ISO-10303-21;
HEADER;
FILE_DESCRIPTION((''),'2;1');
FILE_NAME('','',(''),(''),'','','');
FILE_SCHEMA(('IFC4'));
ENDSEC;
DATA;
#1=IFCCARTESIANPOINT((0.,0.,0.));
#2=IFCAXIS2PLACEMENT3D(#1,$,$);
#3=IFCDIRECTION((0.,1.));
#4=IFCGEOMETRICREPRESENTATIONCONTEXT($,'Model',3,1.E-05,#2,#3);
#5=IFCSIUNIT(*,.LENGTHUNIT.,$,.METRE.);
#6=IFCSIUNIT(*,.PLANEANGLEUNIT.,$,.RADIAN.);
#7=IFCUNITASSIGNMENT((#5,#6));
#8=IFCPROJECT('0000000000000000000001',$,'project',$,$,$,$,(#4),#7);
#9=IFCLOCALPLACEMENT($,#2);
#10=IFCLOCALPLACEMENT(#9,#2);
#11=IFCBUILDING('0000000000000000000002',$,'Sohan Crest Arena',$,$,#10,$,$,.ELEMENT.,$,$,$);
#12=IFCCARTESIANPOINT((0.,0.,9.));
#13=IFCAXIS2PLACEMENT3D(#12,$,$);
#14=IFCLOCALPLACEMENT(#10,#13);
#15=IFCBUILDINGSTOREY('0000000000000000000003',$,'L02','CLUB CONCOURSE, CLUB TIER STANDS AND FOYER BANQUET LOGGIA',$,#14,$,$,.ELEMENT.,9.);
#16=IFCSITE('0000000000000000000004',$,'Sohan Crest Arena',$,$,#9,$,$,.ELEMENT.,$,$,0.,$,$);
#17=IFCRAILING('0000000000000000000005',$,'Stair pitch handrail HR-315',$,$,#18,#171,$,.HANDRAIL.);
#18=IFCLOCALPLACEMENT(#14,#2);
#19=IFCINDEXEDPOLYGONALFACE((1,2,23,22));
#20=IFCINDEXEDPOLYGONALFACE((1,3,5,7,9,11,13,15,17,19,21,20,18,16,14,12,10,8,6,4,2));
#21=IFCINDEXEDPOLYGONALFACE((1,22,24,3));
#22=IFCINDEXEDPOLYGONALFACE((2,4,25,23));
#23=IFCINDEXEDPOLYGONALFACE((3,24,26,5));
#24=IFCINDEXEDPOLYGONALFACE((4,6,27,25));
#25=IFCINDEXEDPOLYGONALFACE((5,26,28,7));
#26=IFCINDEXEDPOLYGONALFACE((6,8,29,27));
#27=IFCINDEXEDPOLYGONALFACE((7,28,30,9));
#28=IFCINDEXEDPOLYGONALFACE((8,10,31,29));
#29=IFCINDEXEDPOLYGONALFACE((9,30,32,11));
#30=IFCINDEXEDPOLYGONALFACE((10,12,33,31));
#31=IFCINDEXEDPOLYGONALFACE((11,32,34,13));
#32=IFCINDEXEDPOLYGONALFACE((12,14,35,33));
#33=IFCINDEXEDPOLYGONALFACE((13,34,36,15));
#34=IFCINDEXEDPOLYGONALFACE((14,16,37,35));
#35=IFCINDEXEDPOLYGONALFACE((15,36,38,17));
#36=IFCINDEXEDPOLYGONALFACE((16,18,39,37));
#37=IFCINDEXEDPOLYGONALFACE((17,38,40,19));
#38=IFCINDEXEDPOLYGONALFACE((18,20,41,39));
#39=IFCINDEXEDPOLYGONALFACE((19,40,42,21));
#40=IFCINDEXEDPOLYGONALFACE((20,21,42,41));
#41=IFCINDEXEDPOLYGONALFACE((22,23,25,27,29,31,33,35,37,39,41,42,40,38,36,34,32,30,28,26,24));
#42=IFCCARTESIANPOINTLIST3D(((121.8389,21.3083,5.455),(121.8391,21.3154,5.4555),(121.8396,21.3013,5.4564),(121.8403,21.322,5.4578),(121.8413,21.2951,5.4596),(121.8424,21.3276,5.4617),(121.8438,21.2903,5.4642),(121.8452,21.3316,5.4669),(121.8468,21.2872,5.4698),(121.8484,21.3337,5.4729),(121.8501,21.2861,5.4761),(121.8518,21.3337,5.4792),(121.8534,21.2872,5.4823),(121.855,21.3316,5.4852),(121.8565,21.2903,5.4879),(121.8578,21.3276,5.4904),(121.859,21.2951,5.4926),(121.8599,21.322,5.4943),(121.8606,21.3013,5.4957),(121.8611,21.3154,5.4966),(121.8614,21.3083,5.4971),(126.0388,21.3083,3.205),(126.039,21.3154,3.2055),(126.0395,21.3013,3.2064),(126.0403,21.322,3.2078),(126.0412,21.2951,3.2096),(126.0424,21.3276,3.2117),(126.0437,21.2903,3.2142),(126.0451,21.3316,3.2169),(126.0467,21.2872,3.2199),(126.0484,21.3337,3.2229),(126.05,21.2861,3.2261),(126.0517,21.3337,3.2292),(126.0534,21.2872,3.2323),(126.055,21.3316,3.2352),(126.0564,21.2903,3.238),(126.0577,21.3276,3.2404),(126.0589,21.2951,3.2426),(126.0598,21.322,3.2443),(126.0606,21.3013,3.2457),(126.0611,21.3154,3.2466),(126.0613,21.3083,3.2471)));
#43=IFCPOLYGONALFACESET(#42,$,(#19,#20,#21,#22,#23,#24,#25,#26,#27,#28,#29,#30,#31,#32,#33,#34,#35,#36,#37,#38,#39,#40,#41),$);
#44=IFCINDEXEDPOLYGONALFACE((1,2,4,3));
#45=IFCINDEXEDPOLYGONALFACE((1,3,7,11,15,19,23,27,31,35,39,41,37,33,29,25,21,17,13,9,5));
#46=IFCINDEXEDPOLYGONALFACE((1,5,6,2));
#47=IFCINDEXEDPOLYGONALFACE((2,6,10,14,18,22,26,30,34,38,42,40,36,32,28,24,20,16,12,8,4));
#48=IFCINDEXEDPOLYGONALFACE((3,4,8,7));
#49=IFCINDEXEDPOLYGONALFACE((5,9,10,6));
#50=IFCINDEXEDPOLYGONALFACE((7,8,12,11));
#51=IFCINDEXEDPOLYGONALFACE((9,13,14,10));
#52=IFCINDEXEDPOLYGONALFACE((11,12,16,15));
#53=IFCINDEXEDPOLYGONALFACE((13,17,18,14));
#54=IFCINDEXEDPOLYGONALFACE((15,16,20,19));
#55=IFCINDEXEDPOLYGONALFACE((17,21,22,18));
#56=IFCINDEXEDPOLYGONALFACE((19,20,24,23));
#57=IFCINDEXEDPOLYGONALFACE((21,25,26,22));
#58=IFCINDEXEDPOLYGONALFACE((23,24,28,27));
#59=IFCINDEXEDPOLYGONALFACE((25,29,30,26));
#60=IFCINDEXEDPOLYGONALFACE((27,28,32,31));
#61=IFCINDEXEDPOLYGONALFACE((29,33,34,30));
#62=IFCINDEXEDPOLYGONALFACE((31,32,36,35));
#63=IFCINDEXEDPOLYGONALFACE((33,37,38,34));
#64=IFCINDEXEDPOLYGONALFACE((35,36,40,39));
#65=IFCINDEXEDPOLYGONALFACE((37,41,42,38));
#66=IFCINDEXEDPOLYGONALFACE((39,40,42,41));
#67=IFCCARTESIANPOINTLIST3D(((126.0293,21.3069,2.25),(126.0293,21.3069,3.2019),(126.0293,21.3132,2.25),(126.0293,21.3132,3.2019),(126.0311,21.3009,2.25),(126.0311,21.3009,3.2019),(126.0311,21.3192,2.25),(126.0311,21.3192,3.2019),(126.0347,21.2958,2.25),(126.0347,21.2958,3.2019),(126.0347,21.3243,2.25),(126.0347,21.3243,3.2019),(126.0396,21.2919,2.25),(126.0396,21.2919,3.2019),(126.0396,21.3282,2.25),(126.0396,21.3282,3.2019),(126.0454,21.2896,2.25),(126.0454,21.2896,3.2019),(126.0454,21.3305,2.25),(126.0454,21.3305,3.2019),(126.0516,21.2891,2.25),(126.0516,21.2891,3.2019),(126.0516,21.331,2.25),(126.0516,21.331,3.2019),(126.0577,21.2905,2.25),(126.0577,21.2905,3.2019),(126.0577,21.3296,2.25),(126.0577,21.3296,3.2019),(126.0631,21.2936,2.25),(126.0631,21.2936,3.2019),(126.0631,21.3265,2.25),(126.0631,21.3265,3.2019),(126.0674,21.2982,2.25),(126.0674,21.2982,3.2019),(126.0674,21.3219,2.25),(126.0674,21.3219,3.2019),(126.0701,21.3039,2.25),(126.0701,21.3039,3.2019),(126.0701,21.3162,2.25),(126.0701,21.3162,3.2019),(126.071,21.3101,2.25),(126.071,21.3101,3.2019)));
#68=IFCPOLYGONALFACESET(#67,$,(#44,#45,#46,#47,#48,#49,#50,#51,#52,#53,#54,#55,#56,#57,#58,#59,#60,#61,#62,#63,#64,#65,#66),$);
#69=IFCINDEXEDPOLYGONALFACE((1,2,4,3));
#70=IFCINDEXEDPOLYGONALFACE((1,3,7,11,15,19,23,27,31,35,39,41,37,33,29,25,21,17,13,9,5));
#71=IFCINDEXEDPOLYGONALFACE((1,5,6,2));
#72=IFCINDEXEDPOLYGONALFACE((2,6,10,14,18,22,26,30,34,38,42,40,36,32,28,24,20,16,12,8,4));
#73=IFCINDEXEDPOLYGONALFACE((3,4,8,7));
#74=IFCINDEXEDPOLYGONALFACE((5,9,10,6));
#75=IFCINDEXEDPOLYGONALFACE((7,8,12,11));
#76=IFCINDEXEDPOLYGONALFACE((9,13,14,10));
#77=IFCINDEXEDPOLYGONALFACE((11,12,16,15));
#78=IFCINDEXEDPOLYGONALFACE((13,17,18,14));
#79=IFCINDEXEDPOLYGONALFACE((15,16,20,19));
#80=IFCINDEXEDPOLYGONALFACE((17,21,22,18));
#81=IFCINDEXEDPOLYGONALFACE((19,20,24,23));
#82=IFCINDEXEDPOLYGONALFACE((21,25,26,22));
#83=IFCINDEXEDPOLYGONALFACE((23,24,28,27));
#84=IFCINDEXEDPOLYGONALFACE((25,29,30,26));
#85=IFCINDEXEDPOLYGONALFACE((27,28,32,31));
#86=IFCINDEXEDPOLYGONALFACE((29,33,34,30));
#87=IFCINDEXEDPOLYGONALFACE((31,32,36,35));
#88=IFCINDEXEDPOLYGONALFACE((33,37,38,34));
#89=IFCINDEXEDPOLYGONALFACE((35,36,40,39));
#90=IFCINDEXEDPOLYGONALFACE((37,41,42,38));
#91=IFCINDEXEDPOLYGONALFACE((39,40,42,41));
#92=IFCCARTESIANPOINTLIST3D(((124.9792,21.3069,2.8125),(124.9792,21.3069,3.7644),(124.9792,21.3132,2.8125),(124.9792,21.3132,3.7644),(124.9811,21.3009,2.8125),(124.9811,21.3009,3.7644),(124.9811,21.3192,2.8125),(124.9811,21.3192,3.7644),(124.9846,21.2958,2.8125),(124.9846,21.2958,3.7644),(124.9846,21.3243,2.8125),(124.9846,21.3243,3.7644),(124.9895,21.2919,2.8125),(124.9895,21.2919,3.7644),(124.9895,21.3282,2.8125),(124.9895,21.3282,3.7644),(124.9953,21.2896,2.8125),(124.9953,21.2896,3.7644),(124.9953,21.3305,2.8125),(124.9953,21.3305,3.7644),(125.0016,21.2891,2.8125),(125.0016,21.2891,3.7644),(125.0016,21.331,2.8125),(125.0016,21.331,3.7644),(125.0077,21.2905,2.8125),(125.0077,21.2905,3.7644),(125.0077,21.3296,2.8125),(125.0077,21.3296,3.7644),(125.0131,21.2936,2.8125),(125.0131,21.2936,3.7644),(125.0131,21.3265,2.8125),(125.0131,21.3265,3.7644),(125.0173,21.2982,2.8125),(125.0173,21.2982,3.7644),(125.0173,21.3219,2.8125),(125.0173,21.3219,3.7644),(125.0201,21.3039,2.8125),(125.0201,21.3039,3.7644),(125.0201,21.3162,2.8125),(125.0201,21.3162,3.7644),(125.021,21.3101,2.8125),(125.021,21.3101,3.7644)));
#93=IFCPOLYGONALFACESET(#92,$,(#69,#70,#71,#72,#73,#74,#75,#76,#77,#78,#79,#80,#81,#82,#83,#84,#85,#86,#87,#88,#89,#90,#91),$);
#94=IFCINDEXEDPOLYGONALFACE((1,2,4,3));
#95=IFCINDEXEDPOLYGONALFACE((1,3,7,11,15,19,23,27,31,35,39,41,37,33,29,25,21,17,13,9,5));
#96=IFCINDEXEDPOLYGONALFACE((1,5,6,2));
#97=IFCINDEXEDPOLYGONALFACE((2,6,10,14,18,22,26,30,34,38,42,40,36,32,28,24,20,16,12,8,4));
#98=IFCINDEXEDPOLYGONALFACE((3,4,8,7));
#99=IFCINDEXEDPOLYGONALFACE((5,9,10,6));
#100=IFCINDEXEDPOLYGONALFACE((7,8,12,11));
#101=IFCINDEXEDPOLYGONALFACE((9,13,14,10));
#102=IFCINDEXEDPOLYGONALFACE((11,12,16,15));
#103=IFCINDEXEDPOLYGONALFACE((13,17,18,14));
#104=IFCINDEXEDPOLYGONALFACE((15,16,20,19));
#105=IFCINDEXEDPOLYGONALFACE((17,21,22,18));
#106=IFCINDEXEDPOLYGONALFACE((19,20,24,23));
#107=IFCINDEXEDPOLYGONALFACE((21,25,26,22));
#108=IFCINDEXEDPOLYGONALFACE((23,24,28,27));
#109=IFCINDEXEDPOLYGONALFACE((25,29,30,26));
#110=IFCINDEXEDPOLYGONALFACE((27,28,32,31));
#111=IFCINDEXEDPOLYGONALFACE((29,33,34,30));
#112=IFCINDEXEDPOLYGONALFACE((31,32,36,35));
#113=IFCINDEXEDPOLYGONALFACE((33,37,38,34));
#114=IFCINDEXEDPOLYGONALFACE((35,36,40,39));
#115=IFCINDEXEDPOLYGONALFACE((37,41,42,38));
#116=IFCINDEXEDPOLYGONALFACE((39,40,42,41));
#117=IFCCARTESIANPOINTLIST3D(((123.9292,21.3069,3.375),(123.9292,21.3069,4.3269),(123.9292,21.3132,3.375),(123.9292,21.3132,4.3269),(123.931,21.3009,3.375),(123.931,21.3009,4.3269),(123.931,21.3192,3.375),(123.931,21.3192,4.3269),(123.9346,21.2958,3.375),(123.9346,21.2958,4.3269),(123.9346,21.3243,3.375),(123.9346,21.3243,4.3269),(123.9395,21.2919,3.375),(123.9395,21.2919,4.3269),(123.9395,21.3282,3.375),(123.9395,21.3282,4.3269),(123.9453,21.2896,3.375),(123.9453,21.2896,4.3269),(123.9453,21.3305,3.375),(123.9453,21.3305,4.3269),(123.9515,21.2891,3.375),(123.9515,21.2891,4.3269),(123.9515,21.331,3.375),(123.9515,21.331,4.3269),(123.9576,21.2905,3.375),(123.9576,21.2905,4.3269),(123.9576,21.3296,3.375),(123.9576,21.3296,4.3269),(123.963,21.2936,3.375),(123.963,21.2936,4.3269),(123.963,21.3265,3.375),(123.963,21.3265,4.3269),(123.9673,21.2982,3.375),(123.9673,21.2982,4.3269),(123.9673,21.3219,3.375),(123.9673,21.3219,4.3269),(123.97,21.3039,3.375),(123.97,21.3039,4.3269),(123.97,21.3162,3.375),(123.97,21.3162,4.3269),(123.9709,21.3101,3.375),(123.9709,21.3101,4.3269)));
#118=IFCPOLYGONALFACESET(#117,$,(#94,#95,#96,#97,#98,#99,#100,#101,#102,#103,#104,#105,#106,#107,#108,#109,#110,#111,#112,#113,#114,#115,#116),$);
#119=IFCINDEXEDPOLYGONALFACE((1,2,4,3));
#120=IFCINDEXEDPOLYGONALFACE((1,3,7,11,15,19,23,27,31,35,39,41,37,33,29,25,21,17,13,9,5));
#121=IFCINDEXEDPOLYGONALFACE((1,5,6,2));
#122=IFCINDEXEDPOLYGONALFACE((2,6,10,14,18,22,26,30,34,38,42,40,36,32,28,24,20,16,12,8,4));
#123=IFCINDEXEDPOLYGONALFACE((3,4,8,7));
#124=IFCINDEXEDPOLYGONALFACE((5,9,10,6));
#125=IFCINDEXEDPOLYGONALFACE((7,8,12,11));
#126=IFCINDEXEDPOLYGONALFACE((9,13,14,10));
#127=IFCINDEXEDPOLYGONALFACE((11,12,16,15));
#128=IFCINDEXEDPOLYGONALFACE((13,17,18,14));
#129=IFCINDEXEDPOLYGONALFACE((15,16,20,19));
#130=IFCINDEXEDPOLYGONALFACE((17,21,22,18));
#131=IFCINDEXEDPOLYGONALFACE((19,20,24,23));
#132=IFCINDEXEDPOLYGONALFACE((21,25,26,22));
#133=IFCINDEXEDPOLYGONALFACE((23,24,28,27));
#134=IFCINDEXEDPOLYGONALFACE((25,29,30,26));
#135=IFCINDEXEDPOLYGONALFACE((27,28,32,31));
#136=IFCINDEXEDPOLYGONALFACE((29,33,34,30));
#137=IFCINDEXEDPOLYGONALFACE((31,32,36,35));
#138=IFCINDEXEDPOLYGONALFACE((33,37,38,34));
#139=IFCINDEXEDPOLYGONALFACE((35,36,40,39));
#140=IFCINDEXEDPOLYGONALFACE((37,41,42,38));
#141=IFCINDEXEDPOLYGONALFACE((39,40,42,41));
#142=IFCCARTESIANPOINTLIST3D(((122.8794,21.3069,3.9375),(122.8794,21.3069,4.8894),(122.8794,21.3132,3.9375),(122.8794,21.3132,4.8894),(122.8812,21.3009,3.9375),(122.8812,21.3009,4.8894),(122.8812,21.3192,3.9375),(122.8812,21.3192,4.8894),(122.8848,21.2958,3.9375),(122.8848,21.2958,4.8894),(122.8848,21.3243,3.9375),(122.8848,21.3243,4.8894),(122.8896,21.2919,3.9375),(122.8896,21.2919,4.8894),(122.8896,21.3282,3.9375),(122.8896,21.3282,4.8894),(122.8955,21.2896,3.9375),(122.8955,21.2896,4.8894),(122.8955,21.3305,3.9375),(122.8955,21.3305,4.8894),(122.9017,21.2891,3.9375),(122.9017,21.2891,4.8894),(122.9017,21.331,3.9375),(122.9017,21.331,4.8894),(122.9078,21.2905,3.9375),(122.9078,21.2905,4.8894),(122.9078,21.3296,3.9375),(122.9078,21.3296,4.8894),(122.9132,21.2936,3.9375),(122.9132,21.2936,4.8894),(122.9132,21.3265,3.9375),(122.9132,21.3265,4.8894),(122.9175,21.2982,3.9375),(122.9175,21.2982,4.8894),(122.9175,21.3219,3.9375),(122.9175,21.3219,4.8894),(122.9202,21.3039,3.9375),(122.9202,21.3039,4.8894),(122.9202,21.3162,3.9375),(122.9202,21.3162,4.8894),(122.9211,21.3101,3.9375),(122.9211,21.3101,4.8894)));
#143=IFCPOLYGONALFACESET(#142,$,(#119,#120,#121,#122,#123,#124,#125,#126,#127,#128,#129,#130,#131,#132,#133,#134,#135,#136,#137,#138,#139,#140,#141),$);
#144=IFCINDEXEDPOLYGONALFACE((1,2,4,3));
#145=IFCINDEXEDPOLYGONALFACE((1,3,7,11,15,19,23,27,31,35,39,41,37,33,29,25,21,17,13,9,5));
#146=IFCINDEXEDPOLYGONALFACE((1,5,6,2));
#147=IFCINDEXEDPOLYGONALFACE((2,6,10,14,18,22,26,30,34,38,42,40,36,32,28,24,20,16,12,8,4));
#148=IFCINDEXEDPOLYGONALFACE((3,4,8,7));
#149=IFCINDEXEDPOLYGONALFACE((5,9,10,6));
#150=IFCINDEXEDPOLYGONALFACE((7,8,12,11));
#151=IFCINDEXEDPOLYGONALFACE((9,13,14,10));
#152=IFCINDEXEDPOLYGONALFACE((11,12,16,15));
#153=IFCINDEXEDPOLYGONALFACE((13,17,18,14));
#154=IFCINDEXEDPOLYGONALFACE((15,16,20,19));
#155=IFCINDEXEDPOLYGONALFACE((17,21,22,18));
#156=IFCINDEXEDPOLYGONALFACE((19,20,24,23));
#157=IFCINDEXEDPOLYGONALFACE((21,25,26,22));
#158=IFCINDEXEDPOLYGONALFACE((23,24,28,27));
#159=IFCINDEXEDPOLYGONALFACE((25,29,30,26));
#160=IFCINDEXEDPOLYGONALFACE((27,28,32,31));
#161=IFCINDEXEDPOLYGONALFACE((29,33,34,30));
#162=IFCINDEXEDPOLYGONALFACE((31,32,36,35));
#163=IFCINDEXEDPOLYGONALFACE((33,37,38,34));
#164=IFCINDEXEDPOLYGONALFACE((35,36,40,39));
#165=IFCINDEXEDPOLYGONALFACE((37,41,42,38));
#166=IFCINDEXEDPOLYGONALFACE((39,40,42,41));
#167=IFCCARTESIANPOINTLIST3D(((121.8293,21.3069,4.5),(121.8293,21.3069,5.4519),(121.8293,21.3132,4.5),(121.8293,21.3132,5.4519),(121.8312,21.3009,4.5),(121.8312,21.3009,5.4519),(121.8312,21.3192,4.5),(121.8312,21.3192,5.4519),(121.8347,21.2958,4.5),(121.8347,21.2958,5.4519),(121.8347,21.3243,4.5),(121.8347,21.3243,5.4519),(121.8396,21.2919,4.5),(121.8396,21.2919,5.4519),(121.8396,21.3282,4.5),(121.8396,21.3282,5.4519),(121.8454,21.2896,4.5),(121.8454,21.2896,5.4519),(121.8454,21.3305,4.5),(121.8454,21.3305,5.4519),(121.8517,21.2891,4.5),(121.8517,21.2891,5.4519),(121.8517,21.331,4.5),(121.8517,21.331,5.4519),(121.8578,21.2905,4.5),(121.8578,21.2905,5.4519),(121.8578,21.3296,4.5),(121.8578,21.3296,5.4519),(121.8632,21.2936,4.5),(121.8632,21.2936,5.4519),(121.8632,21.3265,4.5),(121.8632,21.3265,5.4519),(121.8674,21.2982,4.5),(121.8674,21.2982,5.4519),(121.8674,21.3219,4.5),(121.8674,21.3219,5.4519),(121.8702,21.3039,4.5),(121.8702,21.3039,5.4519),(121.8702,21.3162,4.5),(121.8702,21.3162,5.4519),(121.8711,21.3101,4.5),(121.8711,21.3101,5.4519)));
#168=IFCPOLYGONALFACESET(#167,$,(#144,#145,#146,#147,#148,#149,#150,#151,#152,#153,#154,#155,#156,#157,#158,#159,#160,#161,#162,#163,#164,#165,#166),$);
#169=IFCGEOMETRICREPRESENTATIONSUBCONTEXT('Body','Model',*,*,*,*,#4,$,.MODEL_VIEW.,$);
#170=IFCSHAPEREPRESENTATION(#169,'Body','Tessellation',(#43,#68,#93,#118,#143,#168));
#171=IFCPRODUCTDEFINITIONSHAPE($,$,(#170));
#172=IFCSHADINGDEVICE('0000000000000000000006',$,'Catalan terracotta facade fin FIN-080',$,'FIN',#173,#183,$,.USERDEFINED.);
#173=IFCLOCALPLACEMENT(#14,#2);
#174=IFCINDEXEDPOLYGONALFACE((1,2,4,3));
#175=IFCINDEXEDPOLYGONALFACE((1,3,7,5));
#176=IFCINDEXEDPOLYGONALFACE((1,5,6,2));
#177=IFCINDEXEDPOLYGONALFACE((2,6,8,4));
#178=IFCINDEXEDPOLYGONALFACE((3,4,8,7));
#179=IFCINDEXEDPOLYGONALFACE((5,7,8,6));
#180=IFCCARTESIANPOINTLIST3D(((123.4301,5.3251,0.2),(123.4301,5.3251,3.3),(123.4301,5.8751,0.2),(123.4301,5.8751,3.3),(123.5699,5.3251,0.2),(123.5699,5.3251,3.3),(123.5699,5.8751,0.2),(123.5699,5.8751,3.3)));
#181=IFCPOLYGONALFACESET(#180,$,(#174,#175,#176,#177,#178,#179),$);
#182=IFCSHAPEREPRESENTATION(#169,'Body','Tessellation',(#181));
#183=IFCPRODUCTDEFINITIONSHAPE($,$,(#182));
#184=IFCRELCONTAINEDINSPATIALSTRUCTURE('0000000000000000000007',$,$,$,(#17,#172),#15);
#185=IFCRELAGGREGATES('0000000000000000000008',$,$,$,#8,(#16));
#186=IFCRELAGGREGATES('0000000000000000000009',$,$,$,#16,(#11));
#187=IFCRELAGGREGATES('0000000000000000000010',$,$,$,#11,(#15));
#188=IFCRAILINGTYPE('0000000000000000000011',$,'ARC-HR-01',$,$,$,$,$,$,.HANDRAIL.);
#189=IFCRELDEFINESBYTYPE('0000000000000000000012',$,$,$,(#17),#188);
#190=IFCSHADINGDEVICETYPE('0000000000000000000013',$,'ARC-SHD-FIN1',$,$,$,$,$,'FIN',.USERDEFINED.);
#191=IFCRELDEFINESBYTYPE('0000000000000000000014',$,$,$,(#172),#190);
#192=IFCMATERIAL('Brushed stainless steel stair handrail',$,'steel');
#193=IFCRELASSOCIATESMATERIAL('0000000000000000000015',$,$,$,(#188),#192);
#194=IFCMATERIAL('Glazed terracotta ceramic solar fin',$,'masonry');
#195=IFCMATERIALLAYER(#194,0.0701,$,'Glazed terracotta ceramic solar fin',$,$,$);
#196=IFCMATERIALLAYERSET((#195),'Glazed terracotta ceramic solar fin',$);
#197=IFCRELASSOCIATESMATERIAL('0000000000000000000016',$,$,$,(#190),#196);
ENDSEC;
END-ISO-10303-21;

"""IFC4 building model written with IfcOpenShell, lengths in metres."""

from ifc_helpers import new_model, si_unit, direction, frame, origin, origin_2d, place, context, subcontext, project, spatial, rectangle, circle, extrude, material, layer, layer_set, type_object, element, save


model = new_model("IFC4")

# Units and contexts
model_context = context("Model", 3, precision=1e-05, world=origin(), true_north=direction((0.0, 1.0)))
body_context = subcontext(model_context, "Body", "Model", "MODEL_VIEW")
ifc_project = project(units=[si_unit("LENGTHUNIT", "METRE"), si_unit("PLANEANGLEUNIT", "RADIAN")], contexts=[model_context])

# Site, building, storey
site_placement = place(None, origin())
site = spatial("IfcSite", under=ifc_project, at=site_placement, Name="Sohan Crest Arena", CompositionType="ELEMENT", RefElevation=0.0)
building_placement = place(site_placement, origin())
building = spatial("IfcBuilding", under=site, at=building_placement, Name="Sohan Crest Arena", CompositionType="ELEMENT")
storey_placement = place(building_placement, frame((0.0, 0.0, 9.0)))
storey = spatial("IfcBuildingStorey", under=building, at=storey_placement, Name="L02", Description="CLUB CONCOURSE, CLUB TIER STANDS AND FOYER BANQUET LOGGIA", CompositionType="ELEMENT", Elevation=9.0)

# Railing
ifc_material_1 = material(Name="Brushed stainless steel stair handrail", Category="steel")
railing_type_1 = type_object("IfcRailingType", Name="ARC-HR-01", PredefinedType="HANDRAIL", material=ifc_material_1)
railing_1_placement = place(storey_placement, frame((126.05, 21.3101, 2.25)))
element("IfcRailing", 1, at=railing_1_placement, inside=storey, type_object=railing_type_1, Name="Stair pitch handrail HR-315", PredefinedType="HANDRAIL", context=body_context, shape_type="SweptSolid", body=[
    extrude(circle(Radius=0.0239, at=origin_2d()), frame((0.0, 0.0, 0.9761), z_axis=(-0.881478, 0.0, 0.472226), x_axis=(0.0, -1.0, 0.0)), (0.0, 0.0, 1.0), 4.7646),
    extrude(circle(Radius=0.021, at=origin_2d()), origin(), (0.0, 0.0, 1.0), 0.9519),
    extrude(circle(Radius=0.021, at=origin_2d()), frame((-1.05, 0.0, 0.5625)), (0.0, 0.0, 1.0), 0.9519),
    extrude(circle(Radius=0.021, at=origin_2d()), frame((-2.1001, 0.0, 1.125)), (0.0, 0.0, 1.0), 0.9519),
    extrude(circle(Radius=0.021, at=origin_2d()), frame((-3.1499, 0.0, 1.6875)), (0.0, 0.0, 1.0), 0.9519),
    extrude(circle(Radius=0.021, at=origin_2d()), frame((-4.2, 0.0, 2.25)), (0.0, 0.0, 1.0), 0.9519),
])

# Shading device
ifc_material_2 = material(Name="Glazed terracotta ceramic solar fin", Category="masonry")
ifc_layer_1 = layer(ifc_material_2, 0.0701, Name="Glazed terracotta ceramic solar fin")
ifc_layer_set_1 = layer_set([ifc_layer_1], Name="Glazed terracotta ceramic solar fin")
shading_device_type = type_object("IfcShadingDeviceType", Name="ARC-SHD-FIN1", ElementType="FIN", PredefinedType="USERDEFINED", material=ifc_layer_set_1)
shading_device_placement = place(storey_placement, frame((123.5, 5.6001, 0.2), z_axis=(0.0, 0.0, 1.0), x_axis=(1.0, 0.0, 0.0)))
element("IfcShadingDevice", 2, at=shading_device_placement, inside=storey, type_object=shading_device_type, Name="Catalan terracotta facade fin FIN-080", ObjectType="FIN", PredefinedType="USERDEFINED", context=body_context, shape_type="SweptSolid", body=[
    extrude(rectangle(XDim=0.1399, YDim=0.55, at=origin_2d()), origin(), (0.0, 0.0, 1.0), 3.1001),
])

save(model, "model.ifc")
